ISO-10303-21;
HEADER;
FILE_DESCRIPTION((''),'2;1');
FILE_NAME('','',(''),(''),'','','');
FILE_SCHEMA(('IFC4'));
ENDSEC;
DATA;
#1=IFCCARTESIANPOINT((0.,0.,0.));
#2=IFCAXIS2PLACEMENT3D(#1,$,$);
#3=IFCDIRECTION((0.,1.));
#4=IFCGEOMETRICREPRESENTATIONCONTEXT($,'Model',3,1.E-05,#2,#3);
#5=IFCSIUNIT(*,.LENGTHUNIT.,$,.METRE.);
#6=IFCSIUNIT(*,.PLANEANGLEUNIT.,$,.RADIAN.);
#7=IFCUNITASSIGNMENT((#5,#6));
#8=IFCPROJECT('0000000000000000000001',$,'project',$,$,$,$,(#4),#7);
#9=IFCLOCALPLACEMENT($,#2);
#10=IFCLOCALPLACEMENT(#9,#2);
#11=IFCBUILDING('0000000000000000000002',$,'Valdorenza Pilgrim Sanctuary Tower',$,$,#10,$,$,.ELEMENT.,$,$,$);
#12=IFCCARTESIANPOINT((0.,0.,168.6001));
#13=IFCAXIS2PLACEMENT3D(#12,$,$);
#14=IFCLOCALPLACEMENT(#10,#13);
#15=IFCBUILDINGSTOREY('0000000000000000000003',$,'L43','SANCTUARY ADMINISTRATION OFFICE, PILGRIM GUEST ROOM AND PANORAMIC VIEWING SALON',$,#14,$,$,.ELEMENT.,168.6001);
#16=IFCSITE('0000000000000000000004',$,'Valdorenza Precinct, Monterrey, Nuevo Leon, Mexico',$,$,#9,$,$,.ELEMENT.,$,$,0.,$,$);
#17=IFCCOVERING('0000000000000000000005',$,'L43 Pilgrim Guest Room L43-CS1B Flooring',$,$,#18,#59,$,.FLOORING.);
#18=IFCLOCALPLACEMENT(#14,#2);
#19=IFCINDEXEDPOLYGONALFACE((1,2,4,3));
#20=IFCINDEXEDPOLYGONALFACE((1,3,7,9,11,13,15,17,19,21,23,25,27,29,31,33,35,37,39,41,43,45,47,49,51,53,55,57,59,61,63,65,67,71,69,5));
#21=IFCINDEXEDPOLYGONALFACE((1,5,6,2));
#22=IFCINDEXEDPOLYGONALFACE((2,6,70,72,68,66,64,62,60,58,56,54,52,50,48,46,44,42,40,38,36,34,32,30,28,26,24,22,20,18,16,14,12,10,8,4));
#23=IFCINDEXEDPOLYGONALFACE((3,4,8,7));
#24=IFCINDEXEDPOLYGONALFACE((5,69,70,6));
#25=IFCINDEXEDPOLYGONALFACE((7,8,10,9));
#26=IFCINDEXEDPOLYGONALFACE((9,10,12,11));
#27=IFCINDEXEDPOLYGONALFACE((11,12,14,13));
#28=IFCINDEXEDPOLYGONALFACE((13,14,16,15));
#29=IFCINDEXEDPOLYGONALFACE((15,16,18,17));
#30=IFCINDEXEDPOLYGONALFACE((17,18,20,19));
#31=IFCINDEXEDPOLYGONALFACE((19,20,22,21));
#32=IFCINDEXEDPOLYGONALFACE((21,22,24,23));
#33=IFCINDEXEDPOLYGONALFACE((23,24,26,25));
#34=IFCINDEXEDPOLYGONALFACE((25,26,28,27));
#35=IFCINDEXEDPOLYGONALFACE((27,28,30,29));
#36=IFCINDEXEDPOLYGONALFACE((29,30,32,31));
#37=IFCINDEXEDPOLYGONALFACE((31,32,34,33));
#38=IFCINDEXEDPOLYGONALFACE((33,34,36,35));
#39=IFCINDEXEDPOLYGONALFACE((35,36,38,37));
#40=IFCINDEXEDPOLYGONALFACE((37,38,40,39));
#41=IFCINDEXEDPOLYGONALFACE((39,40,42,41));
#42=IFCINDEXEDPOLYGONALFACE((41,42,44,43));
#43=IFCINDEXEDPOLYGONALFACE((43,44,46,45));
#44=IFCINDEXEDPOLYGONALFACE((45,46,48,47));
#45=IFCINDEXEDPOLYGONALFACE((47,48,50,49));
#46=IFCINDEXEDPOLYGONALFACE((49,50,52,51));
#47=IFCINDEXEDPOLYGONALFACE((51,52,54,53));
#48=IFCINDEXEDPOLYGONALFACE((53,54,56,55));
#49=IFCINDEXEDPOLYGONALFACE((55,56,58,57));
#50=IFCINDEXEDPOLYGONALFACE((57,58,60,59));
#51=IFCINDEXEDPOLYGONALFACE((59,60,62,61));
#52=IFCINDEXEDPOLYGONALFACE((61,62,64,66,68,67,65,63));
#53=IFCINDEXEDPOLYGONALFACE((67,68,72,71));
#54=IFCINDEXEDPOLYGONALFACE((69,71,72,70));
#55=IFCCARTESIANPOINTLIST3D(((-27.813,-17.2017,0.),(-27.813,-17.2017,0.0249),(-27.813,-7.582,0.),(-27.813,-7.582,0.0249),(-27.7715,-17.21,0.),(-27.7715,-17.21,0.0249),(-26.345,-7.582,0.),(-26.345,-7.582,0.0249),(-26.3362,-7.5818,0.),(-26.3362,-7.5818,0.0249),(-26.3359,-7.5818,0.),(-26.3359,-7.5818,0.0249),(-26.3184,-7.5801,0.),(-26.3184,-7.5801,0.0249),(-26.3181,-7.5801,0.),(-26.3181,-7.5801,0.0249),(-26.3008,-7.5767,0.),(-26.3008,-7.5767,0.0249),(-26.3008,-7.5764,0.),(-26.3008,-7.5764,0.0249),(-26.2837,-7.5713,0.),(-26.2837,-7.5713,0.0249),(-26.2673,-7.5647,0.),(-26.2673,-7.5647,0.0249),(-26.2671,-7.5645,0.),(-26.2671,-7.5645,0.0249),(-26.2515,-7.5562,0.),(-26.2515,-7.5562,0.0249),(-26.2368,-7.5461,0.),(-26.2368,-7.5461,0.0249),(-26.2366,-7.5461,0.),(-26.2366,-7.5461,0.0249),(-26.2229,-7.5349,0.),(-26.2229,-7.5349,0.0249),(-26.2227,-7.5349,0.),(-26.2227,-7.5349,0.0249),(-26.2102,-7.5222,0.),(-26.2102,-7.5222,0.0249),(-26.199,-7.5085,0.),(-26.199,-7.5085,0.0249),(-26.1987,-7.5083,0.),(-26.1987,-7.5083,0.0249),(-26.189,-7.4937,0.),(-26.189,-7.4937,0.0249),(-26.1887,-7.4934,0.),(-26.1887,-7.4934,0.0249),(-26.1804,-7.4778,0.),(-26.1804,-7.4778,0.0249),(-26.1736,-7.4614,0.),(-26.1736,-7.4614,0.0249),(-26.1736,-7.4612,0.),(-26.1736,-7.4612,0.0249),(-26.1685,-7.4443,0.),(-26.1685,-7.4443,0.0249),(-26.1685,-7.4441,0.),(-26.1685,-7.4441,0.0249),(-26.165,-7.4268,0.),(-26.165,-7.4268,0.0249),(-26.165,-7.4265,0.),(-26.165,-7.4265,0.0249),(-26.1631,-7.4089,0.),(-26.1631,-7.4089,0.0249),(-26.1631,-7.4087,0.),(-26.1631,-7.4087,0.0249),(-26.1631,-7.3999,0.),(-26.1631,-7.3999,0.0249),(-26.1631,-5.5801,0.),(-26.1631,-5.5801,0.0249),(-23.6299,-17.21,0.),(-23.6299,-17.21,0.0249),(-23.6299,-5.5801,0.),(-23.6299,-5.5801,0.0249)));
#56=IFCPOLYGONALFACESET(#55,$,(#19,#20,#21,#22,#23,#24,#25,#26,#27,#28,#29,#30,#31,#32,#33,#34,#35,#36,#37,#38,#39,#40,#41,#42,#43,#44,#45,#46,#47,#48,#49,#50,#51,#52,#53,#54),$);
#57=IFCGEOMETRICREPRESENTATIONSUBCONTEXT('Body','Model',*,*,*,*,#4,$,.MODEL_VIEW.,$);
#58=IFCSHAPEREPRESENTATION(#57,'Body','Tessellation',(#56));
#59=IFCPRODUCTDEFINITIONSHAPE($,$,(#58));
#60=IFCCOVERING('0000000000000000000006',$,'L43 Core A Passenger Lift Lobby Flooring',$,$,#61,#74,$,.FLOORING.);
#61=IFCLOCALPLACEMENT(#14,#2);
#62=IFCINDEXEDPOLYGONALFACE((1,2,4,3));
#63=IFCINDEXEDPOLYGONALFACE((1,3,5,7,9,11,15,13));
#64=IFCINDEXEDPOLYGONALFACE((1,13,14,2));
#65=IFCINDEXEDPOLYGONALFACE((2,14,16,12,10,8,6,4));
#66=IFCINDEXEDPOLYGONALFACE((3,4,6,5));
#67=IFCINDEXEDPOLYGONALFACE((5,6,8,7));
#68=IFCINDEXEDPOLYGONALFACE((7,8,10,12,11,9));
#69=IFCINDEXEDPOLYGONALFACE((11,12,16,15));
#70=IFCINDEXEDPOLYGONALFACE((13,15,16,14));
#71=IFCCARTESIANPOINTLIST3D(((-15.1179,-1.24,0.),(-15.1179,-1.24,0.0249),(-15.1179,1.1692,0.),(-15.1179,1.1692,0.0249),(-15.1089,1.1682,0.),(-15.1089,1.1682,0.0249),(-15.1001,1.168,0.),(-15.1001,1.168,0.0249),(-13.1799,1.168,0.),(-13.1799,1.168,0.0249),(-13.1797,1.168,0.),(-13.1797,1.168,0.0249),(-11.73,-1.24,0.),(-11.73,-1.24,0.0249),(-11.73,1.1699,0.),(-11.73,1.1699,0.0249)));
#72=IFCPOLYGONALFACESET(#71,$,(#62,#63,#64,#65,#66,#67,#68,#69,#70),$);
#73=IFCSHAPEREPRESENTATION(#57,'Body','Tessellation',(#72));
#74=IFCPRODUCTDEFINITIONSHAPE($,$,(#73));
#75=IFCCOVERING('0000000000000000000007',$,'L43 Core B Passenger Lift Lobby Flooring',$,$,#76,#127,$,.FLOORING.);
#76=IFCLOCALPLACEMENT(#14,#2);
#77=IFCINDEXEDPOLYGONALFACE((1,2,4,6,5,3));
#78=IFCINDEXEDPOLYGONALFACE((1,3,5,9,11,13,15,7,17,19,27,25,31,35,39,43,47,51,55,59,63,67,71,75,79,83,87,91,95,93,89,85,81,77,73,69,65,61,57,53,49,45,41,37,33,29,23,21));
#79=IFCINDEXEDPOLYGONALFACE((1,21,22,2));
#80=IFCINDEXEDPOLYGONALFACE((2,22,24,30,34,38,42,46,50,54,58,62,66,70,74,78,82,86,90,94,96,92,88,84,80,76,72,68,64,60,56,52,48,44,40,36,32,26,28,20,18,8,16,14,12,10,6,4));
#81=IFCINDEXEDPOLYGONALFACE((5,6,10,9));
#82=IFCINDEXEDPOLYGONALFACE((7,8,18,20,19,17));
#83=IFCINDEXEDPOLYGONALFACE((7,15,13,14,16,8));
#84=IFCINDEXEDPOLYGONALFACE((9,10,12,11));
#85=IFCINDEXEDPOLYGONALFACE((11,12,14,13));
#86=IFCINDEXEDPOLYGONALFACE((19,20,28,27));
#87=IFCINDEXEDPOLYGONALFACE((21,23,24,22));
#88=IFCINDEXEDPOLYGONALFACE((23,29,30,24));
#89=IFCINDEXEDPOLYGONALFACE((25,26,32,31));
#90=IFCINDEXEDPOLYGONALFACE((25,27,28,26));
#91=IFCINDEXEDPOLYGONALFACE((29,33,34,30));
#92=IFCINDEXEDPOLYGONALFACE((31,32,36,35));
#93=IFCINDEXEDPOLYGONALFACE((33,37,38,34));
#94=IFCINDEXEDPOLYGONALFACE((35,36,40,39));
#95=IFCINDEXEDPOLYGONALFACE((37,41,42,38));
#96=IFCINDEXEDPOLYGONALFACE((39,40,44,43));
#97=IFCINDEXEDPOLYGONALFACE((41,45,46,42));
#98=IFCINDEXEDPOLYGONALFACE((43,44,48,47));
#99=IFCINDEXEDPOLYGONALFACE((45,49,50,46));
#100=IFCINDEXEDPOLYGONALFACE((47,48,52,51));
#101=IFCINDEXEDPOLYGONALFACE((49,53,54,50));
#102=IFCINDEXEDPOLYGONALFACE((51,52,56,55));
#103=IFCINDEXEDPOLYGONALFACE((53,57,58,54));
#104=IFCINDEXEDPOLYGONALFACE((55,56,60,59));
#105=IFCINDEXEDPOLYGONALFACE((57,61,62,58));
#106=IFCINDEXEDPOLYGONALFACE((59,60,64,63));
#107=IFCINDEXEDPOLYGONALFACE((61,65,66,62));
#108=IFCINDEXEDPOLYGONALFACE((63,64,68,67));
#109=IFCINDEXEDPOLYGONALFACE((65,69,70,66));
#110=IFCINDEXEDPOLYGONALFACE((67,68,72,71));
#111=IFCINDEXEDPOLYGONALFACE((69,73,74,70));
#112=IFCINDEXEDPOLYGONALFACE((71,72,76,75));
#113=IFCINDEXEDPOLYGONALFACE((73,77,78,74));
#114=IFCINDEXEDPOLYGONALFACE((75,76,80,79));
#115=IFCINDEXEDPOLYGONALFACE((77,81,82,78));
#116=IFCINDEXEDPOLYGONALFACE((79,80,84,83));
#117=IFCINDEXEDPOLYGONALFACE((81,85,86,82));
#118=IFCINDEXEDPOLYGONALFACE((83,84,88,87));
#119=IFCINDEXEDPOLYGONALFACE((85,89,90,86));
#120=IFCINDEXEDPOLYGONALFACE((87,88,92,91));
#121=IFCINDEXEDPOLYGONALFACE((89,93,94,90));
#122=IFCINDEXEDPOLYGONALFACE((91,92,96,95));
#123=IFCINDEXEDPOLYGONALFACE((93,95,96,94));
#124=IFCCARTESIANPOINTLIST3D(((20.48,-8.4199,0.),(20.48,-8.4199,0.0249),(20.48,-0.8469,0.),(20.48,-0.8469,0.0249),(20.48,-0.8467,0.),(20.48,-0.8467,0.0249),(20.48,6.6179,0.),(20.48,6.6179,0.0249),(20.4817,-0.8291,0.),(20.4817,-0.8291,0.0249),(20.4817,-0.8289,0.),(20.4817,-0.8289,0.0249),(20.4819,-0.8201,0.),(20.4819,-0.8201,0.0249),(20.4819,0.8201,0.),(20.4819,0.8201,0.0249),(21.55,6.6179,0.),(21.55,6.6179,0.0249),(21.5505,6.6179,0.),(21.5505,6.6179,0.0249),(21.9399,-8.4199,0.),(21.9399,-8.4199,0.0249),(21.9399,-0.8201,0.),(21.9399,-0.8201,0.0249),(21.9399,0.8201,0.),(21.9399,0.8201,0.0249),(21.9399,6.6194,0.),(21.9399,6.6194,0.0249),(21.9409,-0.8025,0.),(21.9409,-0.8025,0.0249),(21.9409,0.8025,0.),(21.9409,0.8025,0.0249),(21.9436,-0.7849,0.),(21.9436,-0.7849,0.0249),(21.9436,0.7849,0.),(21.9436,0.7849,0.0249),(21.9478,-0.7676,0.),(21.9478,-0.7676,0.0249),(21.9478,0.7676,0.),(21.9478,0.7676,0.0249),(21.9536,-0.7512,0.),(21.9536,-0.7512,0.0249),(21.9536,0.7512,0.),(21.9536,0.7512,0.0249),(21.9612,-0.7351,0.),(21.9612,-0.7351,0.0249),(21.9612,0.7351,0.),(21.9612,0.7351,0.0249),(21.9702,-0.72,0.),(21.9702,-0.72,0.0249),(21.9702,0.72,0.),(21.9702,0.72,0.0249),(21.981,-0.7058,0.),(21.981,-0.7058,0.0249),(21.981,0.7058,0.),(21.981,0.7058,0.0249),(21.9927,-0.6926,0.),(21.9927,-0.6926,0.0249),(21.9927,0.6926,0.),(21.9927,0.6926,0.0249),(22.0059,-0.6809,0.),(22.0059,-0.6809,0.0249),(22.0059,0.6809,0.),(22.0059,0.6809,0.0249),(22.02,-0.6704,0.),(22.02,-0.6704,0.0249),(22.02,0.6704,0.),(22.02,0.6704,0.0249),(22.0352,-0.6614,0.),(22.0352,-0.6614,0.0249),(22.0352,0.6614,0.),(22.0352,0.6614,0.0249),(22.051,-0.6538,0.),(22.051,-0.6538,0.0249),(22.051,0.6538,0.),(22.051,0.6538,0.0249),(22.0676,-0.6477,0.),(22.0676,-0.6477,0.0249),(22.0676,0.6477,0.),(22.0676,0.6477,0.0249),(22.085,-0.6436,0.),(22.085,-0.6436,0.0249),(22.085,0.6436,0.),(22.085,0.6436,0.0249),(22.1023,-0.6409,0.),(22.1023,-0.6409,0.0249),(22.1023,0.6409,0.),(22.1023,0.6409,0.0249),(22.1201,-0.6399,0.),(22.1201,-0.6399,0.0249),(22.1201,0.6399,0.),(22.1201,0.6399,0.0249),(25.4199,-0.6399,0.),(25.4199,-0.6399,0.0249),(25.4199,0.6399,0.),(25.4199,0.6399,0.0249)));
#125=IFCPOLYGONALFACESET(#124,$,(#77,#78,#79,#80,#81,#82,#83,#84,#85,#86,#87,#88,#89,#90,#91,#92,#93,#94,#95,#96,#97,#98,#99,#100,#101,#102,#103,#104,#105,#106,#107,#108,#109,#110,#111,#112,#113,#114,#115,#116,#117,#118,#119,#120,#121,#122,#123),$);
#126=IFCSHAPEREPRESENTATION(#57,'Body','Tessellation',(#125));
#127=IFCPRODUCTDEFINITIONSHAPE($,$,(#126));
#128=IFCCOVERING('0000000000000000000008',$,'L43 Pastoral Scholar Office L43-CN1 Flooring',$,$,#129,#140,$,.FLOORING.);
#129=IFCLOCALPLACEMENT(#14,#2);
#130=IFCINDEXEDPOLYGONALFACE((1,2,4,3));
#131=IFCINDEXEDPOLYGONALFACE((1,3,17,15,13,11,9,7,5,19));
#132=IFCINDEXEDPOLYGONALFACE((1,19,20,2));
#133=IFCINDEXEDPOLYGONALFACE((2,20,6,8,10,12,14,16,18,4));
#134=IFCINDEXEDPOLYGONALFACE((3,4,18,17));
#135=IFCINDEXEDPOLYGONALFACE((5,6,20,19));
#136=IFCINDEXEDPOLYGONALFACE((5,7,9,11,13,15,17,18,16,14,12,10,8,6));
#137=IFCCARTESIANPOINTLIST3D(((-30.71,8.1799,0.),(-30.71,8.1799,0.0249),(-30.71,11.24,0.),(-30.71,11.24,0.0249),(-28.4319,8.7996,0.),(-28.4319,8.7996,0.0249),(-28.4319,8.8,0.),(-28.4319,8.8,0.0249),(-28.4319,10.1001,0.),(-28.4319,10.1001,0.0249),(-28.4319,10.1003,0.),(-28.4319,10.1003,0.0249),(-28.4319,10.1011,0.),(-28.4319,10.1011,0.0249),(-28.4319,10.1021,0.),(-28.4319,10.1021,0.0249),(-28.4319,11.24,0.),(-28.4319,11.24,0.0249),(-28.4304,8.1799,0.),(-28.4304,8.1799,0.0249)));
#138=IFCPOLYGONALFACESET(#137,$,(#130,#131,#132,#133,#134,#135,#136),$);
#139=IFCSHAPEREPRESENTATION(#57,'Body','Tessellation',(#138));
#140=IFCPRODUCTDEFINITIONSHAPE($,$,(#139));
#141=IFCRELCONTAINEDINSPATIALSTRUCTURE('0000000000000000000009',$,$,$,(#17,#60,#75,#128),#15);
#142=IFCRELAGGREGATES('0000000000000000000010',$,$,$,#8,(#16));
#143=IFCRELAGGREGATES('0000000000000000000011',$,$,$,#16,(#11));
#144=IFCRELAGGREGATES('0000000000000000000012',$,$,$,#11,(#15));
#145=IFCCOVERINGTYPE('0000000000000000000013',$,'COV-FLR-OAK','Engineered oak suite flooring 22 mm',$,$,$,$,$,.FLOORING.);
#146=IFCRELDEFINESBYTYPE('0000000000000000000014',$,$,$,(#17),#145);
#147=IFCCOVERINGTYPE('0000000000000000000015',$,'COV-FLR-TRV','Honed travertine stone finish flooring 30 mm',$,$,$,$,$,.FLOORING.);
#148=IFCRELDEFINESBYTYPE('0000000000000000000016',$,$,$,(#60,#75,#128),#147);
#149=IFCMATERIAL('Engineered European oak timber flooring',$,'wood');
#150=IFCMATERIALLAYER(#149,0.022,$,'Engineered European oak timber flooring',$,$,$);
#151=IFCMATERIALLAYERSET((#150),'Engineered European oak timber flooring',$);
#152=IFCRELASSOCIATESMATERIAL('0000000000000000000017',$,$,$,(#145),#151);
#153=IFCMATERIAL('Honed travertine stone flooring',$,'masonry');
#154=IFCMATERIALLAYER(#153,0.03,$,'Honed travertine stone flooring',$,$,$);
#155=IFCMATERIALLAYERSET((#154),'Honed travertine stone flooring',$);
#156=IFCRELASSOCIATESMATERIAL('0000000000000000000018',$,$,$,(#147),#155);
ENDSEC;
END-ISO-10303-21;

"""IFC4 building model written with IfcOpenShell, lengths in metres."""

from ifc_helpers import new_model, si_unit, direction, frame, origin, place, context, subcontext, project, spatial, polyline, outline, extrude, material, layer, layer_set, type_object, element, save


model = new_model("IFC4")

# Units and contexts
model_context = context("Model", 3, precision=1e-05, world=origin(), true_north=direction((0.0, 1.0)))
body_context = subcontext(model_context, "Body", "Model", "MODEL_VIEW")
ifc_project = project(units=[si_unit("LENGTHUNIT", "METRE"), si_unit("PLANEANGLEUNIT", "RADIAN")], contexts=[model_context])

# Site, building, storey
site_placement = place(None, origin())
site = spatial("IfcSite", under=ifc_project, at=site_placement, Name="Valdorenza Precinct, Monterrey, Nuevo Leon, Mexico", CompositionType="ELEMENT", RefElevation=0.0)
building_placement = place(site_placement, origin())
building = spatial("IfcBuilding", under=site, at=building_placement, Name="Valdorenza Pilgrim Sanctuary Tower", CompositionType="ELEMENT")
storey_placement = place(building_placement, frame((0.0, 0.0, 168.6001)))
storey = spatial("IfcBuildingStorey", under=building, at=storey_placement, Name="L43", Description="SANCTUARY ADMINISTRATION OFFICE, PILGRIM GUEST ROOM AND PANORAMIC VIEWING SALON", CompositionType="ELEMENT", Elevation=168.6001)

# Coverings
ifc_material_1 = material(Name="Engineered European oak timber flooring", Category="wood")
ifc_layer_1 = layer(ifc_material_1, 0.022, Name="Engineered European oak timber flooring")
ifc_layer_set_1 = layer_set([ifc_layer_1], Name="Engineered European oak timber flooring")
covering_type_1 = type_object("IfcCoveringType", Name="COV-FLR-OAK", Description="Engineered oak suite flooring 22 mm", PredefinedType="FLOORING", material=ifc_layer_set_1)
covering_1_placement = place(storey_placement, origin())
element("IfcCovering", 1, at=covering_1_placement, inside=storey, type_object=covering_type_1, Name="L43 Pilgrim Guest Room L43-CS1B Flooring", PredefinedType="FLOORING", context=body_context, shape_type="SweptSolid", body=[
    extrude(outline(polyline([(-27.813, -17.2017), (-27.813, -7.582), (-26.345, -7.582), (-26.3362, -7.5818), (-26.3359, -7.5818), (-26.3184, -7.5801), (-26.3181, -7.5801), (-26.3008, -7.5767), (-26.3008, -7.5764), (-26.2837, -7.5713), (-26.2837, -7.5713), (-26.2673, -7.5647), (-26.2671, -7.5645), (-26.2515, -7.5562), (-26.2515, -7.5562), (-26.2368, -7.5461), (-26.2366, -7.5461), (-26.2229, -7.5349), (-26.2227, -7.5349), (-26.2102, -7.5222), (-26.2102, -7.5222), (-26.199, -7.5085), (-26.1987, -7.5083), (-26.189, -7.4937), (-26.1887, -7.4934), (-26.1804, -7.4778), (-26.1804, -7.4778), (-26.1736, -7.4614), (-26.1736, -7.4612), (-26.1685, -7.4443), (-26.1685, -7.4441), (-26.165, -7.4268), (-26.165, -7.4265), (-26.1631, -7.4089), (-26.1631, -7.4087), (-26.1631, -7.3999), (-26.1631, -5.5801), (-23.6299, -5.5801), (-23.6299, -17.21), (-27.7715, -17.21), (-27.813, -17.2017)])), origin(), (0.0, 0.0, 1.0), 0.0249),
])
ifc_material_2 = material(Name="Honed travertine stone flooring", Category="masonry")
ifc_layer_2 = layer(ifc_material_2, 0.03, Name="Honed travertine stone flooring")
ifc_layer_set_2 = layer_set([ifc_layer_2], Name="Honed travertine stone flooring")
covering_type_2 = type_object("IfcCoveringType", Name="COV-FLR-TRV", Description="Honed travertine stone finish flooring 30 mm", PredefinedType="FLOORING", material=ifc_layer_set_2)
covering_2_placement = place(storey_placement, origin())
element("IfcCovering", 2, at=covering_2_placement, inside=storey, type_object=covering_type_2, Name="L43 Core A Passenger Lift Lobby Flooring", PredefinedType="FLOORING", context=body_context, shape_type="SweptSolid", body=[
    extrude(outline(polyline([(-15.1179, 1.1692), (-15.1089, 1.1682), (-15.1089, 1.1682), (-15.1001, 1.168), (-13.1799, 1.168), (-13.1797, 1.168), (-11.73, 1.1699), (-11.73, -1.24), (-15.1179, -1.24), (-15.1179, 1.1692)])), origin(), (0.0, 0.0, 1.0), 0.0249),
])
covering_3_placement = place(storey_placement, origin())
element("IfcCovering", 3, at=covering_3_placement, inside=storey, type_object=covering_type_2, Name="L43 Core B Passenger Lift Lobby Flooring", PredefinedType="FLOORING", context=body_context, shape_type="SweptSolid", body=[
    extrude(outline(polyline([(20.48, 6.6179), (21.55, 6.6179), (21.5505, 6.6179), (21.9399, 6.6194), (21.9399, 0.8201), (21.9409, 0.8025), (21.9436, 0.7849), (21.9478, 0.7676), (21.9536, 0.7512), (21.9612, 0.7351), (21.9702, 0.72), (21.981, 0.7058), (21.9927, 0.6926), (22.0059, 0.6809), (22.02, 0.6704), (22.0352, 0.6614), (22.051, 0.6538), (22.0676, 0.6477), (22.085, 0.6436), (22.1023, 0.6409), (22.1201, 0.6399), (25.4199, 0.6399), (25.4199, -0.6399), (22.1201, -0.6399), (22.1023, -0.6409), (22.085, -0.6436), (22.0676, -0.6477), (22.051, -0.6538), (22.0352, -0.6614), (22.02, -0.6704), (22.0059, -0.6809), (21.9927, -0.6926), (21.981, -0.7058), (21.9702, -0.72), (21.9612, -0.7351), (21.9536, -0.7512), (21.9478, -0.7676), (21.9436, -0.7849), (21.9409, -0.8025), (21.9399, -0.8201), (21.9399, -8.4199), (20.48, -8.4199), (20.48, -0.8469), (20.48, -0.8467), (20.48, -0.8467), (20.4817, -0.8291), (20.4817, -0.8289), (20.4819, -0.8201), (20.4819, 0.8201), (20.48, 6.6179)])), origin(), (0.0, 0.0, 1.0), 0.0249),
])
covering_4_placement = place(storey_placement, origin())
element("IfcCovering", 4, at=covering_4_placement, inside=storey, type_object=covering_type_2, Name="L43 Pastoral Scholar Office L43-CN1 Flooring", PredefinedType="FLOORING", context=body_context, shape_type="SweptSolid", body=[
    extrude(outline(polyline([(-28.4319, 11.24), (-28.4319, 10.1021), (-28.4319, 10.1011), (-28.4319, 10.1003), (-28.4319, 10.1001), (-28.4319, 8.8), (-28.4319, 8.7996), (-28.4304, 8.1799), (-30.71, 8.1799), (-30.71, 11.24), (-28.4319, 11.24)])), origin(), (0.0, 0.0, 1.0), 0.0249),
])

save(model, "model.ifc")
